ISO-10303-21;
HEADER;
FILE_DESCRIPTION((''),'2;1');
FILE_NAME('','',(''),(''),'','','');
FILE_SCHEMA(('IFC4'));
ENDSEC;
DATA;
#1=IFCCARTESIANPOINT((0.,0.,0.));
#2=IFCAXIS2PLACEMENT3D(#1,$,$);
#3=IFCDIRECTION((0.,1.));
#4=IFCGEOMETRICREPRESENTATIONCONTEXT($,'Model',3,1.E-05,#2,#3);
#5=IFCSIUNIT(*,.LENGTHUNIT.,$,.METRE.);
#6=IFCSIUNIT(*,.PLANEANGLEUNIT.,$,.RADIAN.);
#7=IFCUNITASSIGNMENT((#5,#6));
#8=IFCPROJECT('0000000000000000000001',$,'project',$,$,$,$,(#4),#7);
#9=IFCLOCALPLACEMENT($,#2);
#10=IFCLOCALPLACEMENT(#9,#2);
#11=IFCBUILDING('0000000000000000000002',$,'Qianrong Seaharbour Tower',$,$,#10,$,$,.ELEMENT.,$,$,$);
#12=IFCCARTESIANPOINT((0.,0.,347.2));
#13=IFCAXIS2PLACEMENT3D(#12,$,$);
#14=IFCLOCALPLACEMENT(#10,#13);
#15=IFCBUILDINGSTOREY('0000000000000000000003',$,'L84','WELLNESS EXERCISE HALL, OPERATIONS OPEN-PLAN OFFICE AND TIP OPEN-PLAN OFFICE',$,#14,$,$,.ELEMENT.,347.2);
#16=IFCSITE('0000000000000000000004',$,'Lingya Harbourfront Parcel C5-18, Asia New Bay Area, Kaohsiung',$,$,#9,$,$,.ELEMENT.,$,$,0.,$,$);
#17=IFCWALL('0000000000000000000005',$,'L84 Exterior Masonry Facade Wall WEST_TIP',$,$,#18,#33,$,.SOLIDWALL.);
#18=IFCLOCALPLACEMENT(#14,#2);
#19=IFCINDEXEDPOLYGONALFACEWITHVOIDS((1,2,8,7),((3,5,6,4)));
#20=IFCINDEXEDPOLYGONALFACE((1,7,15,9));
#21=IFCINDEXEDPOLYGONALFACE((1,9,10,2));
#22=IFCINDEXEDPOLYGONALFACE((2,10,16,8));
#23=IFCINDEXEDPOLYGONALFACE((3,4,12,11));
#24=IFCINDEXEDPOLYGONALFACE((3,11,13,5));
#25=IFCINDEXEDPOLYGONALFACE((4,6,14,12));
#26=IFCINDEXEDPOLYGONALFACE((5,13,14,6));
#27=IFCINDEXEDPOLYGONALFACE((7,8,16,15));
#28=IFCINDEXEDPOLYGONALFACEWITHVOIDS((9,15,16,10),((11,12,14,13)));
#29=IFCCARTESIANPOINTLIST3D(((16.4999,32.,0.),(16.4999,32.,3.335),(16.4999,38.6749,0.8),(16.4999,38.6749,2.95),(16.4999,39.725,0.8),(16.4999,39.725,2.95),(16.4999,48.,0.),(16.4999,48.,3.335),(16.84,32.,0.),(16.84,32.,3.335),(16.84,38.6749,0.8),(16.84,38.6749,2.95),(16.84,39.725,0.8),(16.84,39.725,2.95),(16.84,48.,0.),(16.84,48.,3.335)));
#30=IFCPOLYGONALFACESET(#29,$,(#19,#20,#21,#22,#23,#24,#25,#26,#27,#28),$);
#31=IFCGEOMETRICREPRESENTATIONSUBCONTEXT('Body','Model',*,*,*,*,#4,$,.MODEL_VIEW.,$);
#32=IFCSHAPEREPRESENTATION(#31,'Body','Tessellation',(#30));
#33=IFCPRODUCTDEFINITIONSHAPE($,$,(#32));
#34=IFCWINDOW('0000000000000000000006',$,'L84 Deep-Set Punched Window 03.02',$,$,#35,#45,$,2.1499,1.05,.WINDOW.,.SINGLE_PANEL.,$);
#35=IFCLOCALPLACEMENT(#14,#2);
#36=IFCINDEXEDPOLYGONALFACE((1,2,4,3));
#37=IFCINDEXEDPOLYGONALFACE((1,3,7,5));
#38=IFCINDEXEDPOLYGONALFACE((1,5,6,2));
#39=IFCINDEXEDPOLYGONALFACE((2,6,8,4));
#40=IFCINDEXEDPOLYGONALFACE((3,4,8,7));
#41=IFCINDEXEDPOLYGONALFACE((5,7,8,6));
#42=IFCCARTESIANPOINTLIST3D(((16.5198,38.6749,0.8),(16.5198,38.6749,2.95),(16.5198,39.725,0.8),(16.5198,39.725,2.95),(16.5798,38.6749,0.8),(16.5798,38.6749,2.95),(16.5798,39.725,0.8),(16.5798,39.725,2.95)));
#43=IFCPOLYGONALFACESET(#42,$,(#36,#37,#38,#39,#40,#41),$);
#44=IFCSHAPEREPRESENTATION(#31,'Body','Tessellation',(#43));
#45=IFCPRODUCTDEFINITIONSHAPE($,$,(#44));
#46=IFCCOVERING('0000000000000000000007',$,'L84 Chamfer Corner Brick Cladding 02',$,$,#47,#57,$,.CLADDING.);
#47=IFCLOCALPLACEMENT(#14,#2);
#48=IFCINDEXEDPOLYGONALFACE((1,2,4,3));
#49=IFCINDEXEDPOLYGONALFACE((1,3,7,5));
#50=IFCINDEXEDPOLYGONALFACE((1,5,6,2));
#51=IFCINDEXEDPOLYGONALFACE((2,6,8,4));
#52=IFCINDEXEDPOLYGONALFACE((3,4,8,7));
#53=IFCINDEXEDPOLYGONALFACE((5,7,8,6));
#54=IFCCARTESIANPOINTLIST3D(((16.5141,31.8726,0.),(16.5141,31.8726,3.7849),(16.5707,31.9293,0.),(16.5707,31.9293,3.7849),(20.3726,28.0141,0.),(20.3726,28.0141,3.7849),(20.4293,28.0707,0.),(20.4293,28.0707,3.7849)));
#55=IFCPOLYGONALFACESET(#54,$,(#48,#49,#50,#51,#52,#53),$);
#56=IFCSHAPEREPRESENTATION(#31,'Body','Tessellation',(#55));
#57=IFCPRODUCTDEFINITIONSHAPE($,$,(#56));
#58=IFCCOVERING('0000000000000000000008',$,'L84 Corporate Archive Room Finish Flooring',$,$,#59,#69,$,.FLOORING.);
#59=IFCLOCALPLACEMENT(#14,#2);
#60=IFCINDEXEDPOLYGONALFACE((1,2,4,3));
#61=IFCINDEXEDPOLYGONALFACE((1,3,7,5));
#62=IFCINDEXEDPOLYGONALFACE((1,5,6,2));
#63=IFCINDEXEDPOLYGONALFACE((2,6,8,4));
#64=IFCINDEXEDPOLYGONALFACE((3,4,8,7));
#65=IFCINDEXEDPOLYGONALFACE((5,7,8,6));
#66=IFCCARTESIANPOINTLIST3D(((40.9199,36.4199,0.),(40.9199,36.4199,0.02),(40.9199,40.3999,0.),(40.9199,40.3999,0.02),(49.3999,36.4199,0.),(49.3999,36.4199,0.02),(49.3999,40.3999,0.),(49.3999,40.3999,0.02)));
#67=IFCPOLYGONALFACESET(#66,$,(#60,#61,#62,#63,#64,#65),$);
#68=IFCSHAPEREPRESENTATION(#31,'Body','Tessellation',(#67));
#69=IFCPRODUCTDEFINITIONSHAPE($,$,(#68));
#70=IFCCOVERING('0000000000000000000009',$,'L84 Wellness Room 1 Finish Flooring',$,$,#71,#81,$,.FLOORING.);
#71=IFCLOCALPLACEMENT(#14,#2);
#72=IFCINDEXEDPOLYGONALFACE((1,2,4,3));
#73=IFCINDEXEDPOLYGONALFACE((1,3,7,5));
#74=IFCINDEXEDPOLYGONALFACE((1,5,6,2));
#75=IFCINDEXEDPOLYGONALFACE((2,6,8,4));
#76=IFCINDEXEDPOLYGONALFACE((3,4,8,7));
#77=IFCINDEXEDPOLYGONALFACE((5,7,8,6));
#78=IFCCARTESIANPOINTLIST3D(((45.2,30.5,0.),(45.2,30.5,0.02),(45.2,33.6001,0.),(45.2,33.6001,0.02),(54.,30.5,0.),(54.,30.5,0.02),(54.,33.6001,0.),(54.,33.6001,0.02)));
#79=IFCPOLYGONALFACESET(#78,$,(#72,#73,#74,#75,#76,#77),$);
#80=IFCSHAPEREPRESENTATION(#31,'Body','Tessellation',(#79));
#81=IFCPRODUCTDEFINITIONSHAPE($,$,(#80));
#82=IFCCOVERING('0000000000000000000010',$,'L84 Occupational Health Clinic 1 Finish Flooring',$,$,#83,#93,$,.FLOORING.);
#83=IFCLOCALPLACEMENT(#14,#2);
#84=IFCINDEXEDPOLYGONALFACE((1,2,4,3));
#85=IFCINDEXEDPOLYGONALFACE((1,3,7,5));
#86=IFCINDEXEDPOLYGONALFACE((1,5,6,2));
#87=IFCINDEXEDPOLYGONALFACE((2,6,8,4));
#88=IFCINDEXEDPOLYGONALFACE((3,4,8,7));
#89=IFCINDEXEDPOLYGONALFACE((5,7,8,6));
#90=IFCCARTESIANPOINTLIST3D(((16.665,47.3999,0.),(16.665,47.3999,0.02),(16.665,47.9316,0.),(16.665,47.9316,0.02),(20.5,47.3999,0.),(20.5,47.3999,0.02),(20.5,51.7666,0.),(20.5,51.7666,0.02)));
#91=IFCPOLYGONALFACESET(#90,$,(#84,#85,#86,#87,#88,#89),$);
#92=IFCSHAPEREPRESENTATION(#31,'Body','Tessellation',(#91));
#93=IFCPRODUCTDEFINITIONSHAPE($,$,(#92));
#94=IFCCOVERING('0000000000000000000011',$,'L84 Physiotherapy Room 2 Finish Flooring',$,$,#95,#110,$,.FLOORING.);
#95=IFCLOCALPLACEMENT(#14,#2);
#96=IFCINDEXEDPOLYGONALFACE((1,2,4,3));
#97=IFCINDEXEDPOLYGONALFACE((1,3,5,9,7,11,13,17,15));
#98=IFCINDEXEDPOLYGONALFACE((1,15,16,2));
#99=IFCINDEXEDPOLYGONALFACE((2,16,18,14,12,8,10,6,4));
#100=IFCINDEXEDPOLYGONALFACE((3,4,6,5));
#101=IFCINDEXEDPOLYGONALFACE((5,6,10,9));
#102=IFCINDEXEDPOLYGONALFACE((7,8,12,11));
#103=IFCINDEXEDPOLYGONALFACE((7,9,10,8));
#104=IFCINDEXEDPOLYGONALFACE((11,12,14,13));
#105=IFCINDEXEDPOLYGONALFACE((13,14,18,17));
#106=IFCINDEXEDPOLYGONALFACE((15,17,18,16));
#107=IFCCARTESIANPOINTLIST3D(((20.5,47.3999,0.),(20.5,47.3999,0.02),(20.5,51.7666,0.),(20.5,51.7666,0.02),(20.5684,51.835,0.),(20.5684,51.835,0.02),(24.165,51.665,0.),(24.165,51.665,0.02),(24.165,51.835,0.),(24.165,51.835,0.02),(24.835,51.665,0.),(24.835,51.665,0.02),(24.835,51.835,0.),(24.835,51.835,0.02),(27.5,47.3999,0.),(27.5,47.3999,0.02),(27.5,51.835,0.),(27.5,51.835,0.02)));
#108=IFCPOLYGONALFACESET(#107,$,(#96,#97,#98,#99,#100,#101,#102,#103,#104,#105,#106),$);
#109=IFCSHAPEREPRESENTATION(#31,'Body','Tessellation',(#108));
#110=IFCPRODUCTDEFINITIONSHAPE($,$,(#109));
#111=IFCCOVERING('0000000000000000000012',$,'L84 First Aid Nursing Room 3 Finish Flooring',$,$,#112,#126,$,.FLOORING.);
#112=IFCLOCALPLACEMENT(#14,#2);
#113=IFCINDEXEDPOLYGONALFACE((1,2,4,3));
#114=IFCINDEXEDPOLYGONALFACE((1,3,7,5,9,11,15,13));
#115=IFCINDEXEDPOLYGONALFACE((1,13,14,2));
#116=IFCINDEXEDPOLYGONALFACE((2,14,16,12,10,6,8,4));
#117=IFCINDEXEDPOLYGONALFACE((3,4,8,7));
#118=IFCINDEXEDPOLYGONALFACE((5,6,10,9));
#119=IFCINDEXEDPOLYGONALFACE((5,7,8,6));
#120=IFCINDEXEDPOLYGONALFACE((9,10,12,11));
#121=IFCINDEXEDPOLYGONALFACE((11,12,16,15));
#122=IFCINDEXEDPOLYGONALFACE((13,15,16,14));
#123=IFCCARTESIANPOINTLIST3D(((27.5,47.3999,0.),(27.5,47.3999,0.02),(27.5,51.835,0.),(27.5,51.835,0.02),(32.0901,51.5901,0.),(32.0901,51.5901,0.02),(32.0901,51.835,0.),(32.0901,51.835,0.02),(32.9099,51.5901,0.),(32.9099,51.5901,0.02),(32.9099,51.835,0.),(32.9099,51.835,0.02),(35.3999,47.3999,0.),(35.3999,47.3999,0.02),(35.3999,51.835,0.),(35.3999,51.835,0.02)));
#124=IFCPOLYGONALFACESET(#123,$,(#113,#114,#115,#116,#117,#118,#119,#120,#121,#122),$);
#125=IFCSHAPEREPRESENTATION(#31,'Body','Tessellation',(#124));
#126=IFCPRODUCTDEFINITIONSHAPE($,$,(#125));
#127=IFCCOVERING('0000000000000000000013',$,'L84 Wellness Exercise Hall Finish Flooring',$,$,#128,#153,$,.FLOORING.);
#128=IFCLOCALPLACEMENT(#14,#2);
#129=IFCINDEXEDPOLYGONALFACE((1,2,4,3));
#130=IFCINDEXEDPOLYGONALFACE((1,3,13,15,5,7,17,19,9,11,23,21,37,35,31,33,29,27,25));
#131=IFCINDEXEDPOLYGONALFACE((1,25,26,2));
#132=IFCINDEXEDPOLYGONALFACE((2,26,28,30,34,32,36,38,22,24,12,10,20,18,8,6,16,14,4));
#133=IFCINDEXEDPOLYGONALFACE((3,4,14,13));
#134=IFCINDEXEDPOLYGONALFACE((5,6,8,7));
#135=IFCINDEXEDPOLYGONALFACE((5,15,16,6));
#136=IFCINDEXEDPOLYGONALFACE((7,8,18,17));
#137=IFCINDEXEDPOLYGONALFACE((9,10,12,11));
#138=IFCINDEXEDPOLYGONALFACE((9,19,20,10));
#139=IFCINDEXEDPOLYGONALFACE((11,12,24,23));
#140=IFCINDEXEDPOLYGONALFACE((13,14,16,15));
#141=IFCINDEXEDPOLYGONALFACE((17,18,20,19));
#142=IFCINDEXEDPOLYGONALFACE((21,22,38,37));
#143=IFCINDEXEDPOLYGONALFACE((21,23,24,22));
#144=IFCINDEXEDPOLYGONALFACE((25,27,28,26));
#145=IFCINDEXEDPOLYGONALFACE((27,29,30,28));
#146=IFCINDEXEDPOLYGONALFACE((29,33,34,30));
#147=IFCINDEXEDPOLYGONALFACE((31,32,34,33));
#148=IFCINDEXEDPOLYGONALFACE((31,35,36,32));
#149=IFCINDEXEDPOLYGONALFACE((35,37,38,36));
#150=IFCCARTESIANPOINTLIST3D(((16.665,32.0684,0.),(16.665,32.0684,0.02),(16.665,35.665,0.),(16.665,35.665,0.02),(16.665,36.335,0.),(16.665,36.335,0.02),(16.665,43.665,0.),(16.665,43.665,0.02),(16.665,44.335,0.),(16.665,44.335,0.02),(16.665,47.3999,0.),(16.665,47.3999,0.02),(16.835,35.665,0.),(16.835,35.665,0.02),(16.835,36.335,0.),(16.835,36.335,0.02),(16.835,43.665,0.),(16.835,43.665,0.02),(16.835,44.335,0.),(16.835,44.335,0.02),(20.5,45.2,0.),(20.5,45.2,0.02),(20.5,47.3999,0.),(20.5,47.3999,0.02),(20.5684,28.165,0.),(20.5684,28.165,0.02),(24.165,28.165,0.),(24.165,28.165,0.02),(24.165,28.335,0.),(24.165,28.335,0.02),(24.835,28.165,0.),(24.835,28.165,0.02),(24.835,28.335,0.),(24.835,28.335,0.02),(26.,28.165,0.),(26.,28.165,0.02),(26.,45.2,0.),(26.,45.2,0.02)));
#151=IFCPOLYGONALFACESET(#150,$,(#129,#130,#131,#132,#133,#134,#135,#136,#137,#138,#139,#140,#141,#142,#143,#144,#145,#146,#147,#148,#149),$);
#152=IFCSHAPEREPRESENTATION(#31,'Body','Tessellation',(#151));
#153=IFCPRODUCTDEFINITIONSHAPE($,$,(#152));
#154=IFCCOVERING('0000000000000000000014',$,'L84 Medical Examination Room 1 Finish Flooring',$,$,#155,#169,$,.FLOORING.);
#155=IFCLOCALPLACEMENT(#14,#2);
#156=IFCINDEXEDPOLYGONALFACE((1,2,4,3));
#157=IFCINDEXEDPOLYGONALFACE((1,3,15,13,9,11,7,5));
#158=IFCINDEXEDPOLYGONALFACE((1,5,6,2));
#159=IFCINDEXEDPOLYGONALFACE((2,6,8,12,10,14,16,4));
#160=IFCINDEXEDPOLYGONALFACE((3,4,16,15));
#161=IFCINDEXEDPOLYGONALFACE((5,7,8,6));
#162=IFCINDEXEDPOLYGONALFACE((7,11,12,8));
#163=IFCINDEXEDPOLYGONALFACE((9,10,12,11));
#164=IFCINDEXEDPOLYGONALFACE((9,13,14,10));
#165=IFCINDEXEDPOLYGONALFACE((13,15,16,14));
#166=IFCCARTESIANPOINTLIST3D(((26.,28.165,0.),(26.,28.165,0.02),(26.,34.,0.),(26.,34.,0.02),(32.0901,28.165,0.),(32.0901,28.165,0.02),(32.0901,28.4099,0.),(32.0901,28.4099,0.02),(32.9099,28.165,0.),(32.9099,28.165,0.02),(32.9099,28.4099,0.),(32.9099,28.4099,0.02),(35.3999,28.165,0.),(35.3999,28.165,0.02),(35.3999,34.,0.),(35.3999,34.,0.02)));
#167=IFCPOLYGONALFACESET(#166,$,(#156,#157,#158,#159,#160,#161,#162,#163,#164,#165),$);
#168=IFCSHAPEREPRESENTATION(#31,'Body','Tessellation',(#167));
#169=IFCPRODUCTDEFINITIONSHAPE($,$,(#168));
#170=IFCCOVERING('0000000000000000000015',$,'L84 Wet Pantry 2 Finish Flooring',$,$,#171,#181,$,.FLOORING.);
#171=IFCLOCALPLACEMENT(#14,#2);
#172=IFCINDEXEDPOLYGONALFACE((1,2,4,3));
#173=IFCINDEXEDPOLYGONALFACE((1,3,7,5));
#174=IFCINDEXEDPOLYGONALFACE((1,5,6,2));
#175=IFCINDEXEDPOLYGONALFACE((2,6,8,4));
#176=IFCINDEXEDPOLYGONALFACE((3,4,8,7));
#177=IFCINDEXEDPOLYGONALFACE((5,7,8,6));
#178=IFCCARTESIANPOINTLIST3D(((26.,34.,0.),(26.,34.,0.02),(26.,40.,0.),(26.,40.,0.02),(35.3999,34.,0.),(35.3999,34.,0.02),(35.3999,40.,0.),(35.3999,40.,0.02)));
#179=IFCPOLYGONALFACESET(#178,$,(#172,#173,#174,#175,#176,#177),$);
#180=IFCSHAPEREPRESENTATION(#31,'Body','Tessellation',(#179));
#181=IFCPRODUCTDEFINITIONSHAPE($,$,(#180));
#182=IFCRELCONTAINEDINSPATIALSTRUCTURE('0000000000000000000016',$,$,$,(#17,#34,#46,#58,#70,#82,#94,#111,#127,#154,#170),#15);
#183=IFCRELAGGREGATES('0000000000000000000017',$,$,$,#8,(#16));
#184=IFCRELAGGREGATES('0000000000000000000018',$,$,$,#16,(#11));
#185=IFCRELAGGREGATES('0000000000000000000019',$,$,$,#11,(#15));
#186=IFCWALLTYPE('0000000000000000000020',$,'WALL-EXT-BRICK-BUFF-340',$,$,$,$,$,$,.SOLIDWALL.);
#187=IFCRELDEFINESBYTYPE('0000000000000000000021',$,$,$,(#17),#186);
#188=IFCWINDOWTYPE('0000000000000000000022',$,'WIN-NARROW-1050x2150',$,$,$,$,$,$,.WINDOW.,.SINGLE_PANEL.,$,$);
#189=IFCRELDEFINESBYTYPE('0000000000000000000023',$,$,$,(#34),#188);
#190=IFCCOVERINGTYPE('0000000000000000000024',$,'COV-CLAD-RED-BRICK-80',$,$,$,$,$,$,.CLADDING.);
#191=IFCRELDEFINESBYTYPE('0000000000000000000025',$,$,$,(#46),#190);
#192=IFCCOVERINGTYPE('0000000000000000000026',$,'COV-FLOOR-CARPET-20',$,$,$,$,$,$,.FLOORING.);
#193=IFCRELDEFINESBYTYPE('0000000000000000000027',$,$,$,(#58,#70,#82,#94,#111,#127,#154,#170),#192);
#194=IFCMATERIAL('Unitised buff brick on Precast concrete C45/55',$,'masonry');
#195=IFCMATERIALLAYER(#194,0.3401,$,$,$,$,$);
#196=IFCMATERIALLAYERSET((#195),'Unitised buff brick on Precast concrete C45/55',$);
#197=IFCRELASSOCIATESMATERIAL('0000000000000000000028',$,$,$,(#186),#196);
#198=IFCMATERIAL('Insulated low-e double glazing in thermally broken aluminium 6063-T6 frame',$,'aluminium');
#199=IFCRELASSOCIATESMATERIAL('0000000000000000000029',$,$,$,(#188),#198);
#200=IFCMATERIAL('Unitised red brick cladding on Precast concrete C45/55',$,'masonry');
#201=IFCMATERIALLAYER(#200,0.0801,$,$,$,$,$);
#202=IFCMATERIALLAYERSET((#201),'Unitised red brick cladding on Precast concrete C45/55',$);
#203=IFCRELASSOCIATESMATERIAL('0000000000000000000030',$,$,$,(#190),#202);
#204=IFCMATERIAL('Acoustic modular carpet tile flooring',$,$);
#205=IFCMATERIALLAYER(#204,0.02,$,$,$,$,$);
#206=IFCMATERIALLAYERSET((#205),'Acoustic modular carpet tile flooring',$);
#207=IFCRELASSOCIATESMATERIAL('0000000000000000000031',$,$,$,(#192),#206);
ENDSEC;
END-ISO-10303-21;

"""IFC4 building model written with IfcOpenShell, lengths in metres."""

from ifc_helpers import new_model, si_unit, direction, frame, frame_2d, origin, origin_2d, place, context, subcontext, project, spatial, polyline, rectangle, outline, extrude, material, layer, layer_set, type_object, element, fill, save


model = new_model("IFC4")

# Units and contexts
model_context = context("Model", 3, precision=1e-05, world=origin(), true_north=direction((0.0, 1.0)))
body_context = subcontext(model_context, "Body", "Model", "MODEL_VIEW")
ifc_project = project(units=[si_unit("LENGTHUNIT", "METRE"), si_unit("PLANEANGLEUNIT", "RADIAN")], contexts=[model_context])

# Site, building, storey
site_placement = place(None, origin())
site = spatial("IfcSite", under=ifc_project, at=site_placement, Name="Lingya Harbourfront Parcel C5-18, Asia New Bay Area, Kaohsiung", CompositionType="ELEMENT", RefElevation=0.0)
building_placement = place(site_placement, origin())
building = spatial("IfcBuilding", under=site, at=building_placement, Name="Qianrong Seaharbour Tower", CompositionType="ELEMENT")
storey_placement = place(building_placement, frame((0.0, 0.0, 347.2)))
storey = spatial("IfcBuildingStorey", under=building, at=storey_placement, Name="L84", Description="WELLNESS EXERCISE HALL, OPERATIONS OPEN-PLAN OFFICE AND TIP OPEN-PLAN OFFICE", CompositionType="ELEMENT", Elevation=347.2)

# Shared definitions
ifc_material_1 = material(Name="Unitised buff brick on Precast concrete C45/55", Category="masonry")
ifc_layer_1 = layer(ifc_material_1, 0.3401)
ifc_layer_set_1 = layer_set([ifc_layer_1], Name="Unitised buff brick on Precast concrete C45/55")
wall_type = type_object("IfcWallType", Name="WALL-EXT-BRICK-BUFF-340", PredefinedType="SOLIDWALL", material=ifc_layer_set_1)

# Wall, opening, window
wall_1_placement = place(storey_placement, frame((16.6699, 32.0, 0.0), z_axis=(0.0, 0.0, 1.0), x_axis=(0.0, 1.0, 0.0)))
wall_1 = element("IfcWall", 1, at=wall_1_placement, inside=storey, type_object=wall_type, Name="L84 Exterior Masonry Facade Wall WEST_TIP", PredefinedType="SOLIDWALL", context=body_context, shape_type="SweptSolid", body=[
    extrude(rectangle(XDim=16.0, YDim=0.3401, at=frame_2d((8.0, 0.0))), origin(), (0.0, 0.0, 1.0), 3.335),
])
opening_placement = place(wall_1_placement, frame((6.675, 0.0, 0.8)))
opening = element("IfcOpeningElement", 2, at=opening_placement, cuts=wall_1, PredefinedType="OPENING", context=body_context, shape_type="SweptSolid", body=[
    extrude(rectangle(XDim=1.05, YDim=2.1499, at=frame_2d((0.5249, 1.075))), frame((0.0, 0.1802, 0.0), z_axis=(0.0, -1.0, 0.0), x_axis=(1.0, 0.0, 0.0)), (0.0, 0.0, 1.0), 0.3601),
])
ifc_material_2 = material(Name="Insulated low-e double glazing in thermally broken aluminium 6063-T6 frame", Category="aluminium")
window_type = type_object("IfcWindowType", Name="WIN-NARROW-1050x2150", PartitioningType="SINGLE_PANEL", PredefinedType="WINDOW", material=ifc_material_2)
window_placement = place(opening_placement, origin())
window = element("IfcWindow", 3, at=window_placement, inside=storey, type_object=window_type, Name="L84 Deep-Set Punched Window 03.02", OverallHeight=2.1499, OverallWidth=1.05, PartitioningType="SINGLE_PANEL", PredefinedType="WINDOW", context=body_context, shape_type="SweptSolid", body=[
    extrude(rectangle(XDim=1.05, YDim=2.1499, at=frame_2d((0.5249, 1.075))), frame((0.0, 0.1501, 0.0), z_axis=(0.0, -1.0, 0.0), x_axis=(1.0, 0.0, 0.0)), (0.0, 0.0, 1.0), 0.0601),
])
fill(opening, window)

# Coverings
ifc_material_3 = material(Name="Unitised red brick cladding on Precast concrete C45/55", Category="masonry")
ifc_layer_2 = layer(ifc_material_3, 0.0801)
ifc_layer_set_2 = layer_set([ifc_layer_2], Name="Unitised red brick cladding on Precast concrete C45/55")
covering_type_1 = type_object("IfcCoveringType", Name="COV-CLAD-RED-BRICK-80", PredefinedType="CLADDING", material=ifc_layer_set_2)
covering_1_placement = place(storey_placement, frame((18.4717, 29.9717, 0.0), z_axis=(0.0, 0.0, 1.0), x_axis=(-0.707107, 0.707107, 0.0)))
element("IfcCovering", 4, at=covering_1_placement, inside=storey, type_object=covering_type_1, Name="L84 Chamfer Corner Brick Cladding 02", PredefinedType="CLADDING", context=body_context, shape_type="SweptSolid", body=[
    extrude(rectangle(XDim=5.4568, YDim=0.0801, at=origin_2d()), origin(), (0.0, 0.0, 1.0), 3.7849),
])
ifc_material_4 = material(Name="Acoustic modular carpet tile flooring")
ifc_layer_3 = layer(ifc_material_4, 0.02)
ifc_layer_set_3 = layer_set([ifc_layer_3], Name="Acoustic modular carpet tile flooring")
covering_type_2 = type_object("IfcCoveringType", Name="COV-FLOOR-CARPET-20", PredefinedType="FLOORING", material=ifc_layer_set_3)
covering_2_placement = place(storey_placement, origin())
element("IfcCovering", 5, at=covering_2_placement, inside=storey, type_object=covering_type_2, Name="L84 Corporate Archive Room Finish Flooring", PredefinedType="FLOORING", context=body_context, shape_type="SweptSolid", body=[
    extrude(outline(polyline([(49.3999, 40.3999), (49.3999, 36.4199), (40.9199, 36.4199), (40.9199, 40.3999), (49.3999, 40.3999)])), origin(), (0.0, 0.0, 1.0), 0.02),
])
covering_3_placement = place(storey_placement, origin())
element("IfcCovering", 6, at=covering_3_placement, inside=storey, type_object=covering_type_2, Name="L84 Wellness Room 1 Finish Flooring", PredefinedType="FLOORING", context=body_context, shape_type="SweptSolid", body=[
    extrude(outline(polyline([(54.0, 33.6001), (54.0, 30.5), (45.2, 30.5), (45.2, 33.6001), (54.0, 33.6001)])), origin(), (0.0, 0.0, 1.0), 0.02),
])
covering_4_placement = place(storey_placement, origin())
element("IfcCovering", 7, at=covering_4_placement, inside=storey, type_object=covering_type_2, Name="L84 Occupational Health Clinic 1 Finish Flooring", PredefinedType="FLOORING", context=body_context, shape_type="SweptSolid", body=[
    extrude(outline(polyline([(16.665, 47.9316), (20.5, 51.7666), (20.5, 47.3999), (16.665, 47.3999), (16.665, 47.9316)])), origin(), (0.0, 0.0, 1.0), 0.02),
])
covering_5_placement = place(storey_placement, origin())
element("IfcCovering", 8, at=covering_5_placement, inside=storey, type_object=covering_type_2, Name="L84 Physiotherapy Room 2 Finish Flooring", PredefinedType="FLOORING", context=body_context, shape_type="SweptSolid", body=[
    extrude(outline(polyline([(20.5, 51.7666), (20.5684, 51.835), (24.165, 51.835), (24.165, 51.665), (24.835, 51.665), (24.835, 51.835), (27.5, 51.835), (27.5, 47.3999), (20.5, 47.3999), (20.5, 51.7666)])), origin(), (0.0, 0.0, 1.0), 0.02),
])
covering_6_placement = place(storey_placement, origin())
element("IfcCovering", 9, at=covering_6_placement, inside=storey, type_object=covering_type_2, Name="L84 First Aid Nursing Room 3 Finish Flooring", PredefinedType="FLOORING", context=body_context, shape_type="SweptSolid", body=[
    extrude(outline(polyline([(27.5, 51.835), (32.0901, 51.835), (32.0901, 51.5901), (32.9099, 51.5901), (32.9099, 51.835), (35.3999, 51.835), (35.3999, 47.3999), (27.5, 47.3999), (27.5, 51.835)])), origin(), (0.0, 0.0, 1.0), 0.02),
])
covering_7_placement = place(storey_placement, origin())
element("IfcCovering", 10, at=covering_7_placement, inside=storey, type_object=covering_type_2, Name="L84 Wellness Exercise Hall Finish Flooring", PredefinedType="FLOORING", context=body_context, shape_type="SweptSolid", body=[
    extrude(outline(polyline([(24.835, 28.165), (24.835, 28.335), (24.165, 28.335), (24.165, 28.165), (20.5684, 28.165), (16.665, 32.0684), (16.665, 35.665), (16.835, 35.665), (16.835, 36.335), (16.665, 36.335), (16.665, 43.665), (16.835, 43.665), (16.835, 44.335), (16.665, 44.335), (16.665, 47.3999), (20.5, 47.3999), (20.5, 45.2), (26.0, 45.2), (26.0, 28.165), (24.835, 28.165)])), origin(), (0.0, 0.0, 1.0), 0.02),
])
covering_8_placement = place(storey_placement, origin())
element("IfcCovering", 11, at=covering_8_placement, inside=storey, type_object=covering_type_2, Name="L84 Medical Examination Room 1 Finish Flooring", PredefinedType="FLOORING", context=body_context, shape_type="SweptSolid", body=[
    extrude(outline(polyline([(35.3999, 28.165), (32.9099, 28.165), (32.9099, 28.4099), (32.0901, 28.4099), (32.0901, 28.165), (26.0, 28.165), (26.0, 34.0), (35.3999, 34.0), (35.3999, 28.165)])), origin(), (0.0, 0.0, 1.0), 0.02),
])
covering_9_placement = place(storey_placement, origin())
element("IfcCovering", 12, at=covering_9_placement, inside=storey, type_object=covering_type_2, Name="L84 Wet Pantry 2 Finish Flooring", PredefinedType="FLOORING", context=body_context, shape_type="SweptSolid", body=[
    extrude(outline(polyline([(35.3999, 40.0), (35.3999, 34.0), (26.0, 34.0), (26.0, 40.0), (35.3999, 40.0)])), origin(), (0.0, 0.0, 1.0), 0.02),
])

save(model, "model.ifc")
